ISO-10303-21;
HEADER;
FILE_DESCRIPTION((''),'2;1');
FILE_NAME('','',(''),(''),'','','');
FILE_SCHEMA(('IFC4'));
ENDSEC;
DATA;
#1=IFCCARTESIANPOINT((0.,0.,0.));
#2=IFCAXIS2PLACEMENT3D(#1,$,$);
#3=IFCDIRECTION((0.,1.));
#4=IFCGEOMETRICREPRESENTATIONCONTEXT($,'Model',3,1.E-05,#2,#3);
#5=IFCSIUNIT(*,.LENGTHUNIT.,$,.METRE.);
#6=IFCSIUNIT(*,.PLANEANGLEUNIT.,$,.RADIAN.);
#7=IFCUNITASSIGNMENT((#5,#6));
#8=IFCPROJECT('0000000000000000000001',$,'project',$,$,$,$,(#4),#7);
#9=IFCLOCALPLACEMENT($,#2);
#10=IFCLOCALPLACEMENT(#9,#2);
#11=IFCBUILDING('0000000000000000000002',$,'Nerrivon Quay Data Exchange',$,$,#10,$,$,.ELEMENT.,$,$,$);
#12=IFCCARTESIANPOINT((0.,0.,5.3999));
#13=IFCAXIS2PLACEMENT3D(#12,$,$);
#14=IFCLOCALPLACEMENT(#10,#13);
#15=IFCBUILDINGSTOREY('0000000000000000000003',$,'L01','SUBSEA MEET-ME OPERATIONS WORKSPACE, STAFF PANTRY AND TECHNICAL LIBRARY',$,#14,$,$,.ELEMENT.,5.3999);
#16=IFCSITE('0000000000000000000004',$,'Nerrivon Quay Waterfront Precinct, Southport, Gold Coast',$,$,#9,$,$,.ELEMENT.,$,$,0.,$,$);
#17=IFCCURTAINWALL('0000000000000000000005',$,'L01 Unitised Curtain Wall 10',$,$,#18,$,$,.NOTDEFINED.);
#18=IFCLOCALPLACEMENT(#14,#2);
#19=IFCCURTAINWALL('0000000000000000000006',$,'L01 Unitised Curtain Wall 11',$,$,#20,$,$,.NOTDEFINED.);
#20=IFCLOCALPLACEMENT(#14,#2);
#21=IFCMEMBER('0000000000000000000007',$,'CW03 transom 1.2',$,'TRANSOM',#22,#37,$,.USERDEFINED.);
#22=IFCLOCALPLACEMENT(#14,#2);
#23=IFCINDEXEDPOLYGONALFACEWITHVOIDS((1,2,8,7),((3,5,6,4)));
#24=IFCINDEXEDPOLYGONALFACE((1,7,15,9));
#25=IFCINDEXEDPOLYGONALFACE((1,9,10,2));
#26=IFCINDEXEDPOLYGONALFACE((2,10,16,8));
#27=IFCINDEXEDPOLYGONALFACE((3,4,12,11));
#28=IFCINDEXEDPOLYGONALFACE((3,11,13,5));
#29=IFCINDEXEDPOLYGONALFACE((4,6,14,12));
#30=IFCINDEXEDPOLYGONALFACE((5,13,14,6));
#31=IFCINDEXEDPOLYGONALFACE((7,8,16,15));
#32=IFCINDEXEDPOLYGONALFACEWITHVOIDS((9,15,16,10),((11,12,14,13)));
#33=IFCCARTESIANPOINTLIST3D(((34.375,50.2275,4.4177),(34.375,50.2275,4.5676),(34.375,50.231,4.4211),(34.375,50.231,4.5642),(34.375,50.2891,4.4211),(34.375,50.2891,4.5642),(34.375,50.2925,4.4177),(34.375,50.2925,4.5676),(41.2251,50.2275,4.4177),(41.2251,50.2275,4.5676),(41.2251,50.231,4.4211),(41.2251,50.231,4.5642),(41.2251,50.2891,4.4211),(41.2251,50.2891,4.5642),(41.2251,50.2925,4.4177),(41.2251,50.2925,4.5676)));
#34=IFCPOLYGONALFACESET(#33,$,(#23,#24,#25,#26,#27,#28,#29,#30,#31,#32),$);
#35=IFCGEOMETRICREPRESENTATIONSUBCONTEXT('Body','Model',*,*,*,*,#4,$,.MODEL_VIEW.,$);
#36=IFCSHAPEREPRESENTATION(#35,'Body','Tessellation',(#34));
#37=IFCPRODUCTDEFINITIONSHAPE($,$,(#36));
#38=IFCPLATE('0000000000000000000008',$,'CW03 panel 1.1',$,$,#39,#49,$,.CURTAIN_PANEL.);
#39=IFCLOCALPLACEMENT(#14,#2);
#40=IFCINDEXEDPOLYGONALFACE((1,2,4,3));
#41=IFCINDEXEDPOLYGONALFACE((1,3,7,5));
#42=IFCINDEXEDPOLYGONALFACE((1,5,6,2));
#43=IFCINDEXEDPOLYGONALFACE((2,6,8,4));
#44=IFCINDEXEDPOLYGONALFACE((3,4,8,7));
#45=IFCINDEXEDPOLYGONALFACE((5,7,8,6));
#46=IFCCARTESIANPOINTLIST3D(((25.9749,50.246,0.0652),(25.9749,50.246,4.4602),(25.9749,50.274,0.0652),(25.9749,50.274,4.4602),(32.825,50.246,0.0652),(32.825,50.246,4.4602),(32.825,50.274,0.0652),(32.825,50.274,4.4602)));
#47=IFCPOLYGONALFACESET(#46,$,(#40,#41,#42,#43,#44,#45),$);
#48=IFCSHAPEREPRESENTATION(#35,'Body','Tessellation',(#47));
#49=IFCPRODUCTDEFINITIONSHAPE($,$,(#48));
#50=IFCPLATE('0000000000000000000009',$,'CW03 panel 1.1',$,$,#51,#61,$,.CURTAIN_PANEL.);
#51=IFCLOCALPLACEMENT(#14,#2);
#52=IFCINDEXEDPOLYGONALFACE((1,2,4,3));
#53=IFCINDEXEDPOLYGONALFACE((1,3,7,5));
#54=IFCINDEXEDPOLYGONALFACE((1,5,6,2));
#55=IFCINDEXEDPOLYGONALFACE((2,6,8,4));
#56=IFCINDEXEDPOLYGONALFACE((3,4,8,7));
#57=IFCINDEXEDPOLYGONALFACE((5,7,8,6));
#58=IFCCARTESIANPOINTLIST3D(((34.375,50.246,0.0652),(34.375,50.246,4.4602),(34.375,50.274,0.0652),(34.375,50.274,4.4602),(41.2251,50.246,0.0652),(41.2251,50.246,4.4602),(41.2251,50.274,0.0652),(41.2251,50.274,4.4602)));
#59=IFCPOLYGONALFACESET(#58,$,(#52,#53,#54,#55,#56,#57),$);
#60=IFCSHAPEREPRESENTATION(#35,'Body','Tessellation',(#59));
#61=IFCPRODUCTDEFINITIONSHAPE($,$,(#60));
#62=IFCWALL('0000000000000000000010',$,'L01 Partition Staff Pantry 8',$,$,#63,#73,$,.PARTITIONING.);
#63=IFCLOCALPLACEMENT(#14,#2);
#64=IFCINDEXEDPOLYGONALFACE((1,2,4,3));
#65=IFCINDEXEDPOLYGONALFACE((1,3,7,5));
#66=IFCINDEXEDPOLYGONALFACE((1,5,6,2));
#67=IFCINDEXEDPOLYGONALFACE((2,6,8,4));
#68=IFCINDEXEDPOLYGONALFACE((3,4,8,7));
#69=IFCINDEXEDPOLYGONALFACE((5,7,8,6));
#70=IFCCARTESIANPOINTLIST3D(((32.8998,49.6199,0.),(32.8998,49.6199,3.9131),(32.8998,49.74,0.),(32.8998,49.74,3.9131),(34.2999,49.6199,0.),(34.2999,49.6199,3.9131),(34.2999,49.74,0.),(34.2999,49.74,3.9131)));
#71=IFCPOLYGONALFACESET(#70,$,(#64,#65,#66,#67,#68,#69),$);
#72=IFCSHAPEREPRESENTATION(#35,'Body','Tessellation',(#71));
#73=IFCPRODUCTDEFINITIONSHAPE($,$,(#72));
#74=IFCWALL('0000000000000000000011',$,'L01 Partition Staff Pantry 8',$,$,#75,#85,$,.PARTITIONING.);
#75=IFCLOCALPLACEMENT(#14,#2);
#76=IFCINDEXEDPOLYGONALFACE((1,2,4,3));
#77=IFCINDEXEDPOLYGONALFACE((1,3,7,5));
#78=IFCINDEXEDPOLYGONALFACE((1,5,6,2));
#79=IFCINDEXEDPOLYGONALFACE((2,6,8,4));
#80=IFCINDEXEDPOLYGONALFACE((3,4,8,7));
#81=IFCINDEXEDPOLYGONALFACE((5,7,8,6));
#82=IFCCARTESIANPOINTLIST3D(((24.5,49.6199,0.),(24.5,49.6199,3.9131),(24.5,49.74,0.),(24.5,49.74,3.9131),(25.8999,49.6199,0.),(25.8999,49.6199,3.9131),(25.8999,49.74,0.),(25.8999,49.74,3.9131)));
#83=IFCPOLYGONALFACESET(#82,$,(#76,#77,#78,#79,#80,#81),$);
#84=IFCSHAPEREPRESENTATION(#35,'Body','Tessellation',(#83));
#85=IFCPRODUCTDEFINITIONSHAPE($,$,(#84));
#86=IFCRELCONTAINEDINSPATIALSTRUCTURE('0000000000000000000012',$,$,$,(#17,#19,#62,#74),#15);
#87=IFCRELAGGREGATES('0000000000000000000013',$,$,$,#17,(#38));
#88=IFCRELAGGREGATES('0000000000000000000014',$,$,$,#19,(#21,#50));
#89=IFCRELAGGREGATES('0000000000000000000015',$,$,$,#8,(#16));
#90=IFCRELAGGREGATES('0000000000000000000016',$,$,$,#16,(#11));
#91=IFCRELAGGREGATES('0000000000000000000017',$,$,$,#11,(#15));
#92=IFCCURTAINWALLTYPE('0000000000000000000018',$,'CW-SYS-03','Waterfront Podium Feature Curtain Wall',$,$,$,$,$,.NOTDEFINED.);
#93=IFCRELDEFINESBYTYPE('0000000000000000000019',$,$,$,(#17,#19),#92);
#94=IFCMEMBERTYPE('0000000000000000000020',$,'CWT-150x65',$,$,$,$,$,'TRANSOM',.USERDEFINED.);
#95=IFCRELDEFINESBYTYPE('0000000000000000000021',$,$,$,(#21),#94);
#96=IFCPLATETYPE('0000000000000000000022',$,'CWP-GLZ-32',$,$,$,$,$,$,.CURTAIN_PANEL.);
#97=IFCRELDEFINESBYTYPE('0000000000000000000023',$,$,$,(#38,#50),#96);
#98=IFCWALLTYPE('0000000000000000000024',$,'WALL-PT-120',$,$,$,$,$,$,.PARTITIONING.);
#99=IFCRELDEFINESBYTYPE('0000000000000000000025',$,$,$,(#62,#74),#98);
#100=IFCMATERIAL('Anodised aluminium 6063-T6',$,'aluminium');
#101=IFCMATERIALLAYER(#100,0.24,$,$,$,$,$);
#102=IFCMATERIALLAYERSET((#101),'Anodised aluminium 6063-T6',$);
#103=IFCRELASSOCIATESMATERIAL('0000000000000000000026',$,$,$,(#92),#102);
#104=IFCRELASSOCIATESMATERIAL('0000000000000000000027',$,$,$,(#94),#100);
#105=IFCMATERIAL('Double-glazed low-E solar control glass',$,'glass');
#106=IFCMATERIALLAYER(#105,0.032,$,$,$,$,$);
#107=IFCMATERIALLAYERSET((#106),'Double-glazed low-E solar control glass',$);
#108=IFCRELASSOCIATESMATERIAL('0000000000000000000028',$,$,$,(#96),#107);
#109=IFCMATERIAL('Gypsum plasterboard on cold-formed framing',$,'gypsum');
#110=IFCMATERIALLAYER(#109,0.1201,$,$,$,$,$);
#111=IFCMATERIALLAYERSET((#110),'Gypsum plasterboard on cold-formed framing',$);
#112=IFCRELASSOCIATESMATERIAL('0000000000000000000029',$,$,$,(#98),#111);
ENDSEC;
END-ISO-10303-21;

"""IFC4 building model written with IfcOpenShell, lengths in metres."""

from ifc_helpers import new_model, si_unit, direction, frame, frame_2d, origin, origin_2d, place, context, subcontext, project, spatial, rectangle, hollow_rectangle, extrude, material, layer, layer_set, material_profile, profile_set, type_object, element, aggregate, save


model = new_model("IFC4")

# Units and contexts
model_context = context("Model", 3, precision=1e-05, world=origin(), true_north=direction((0.0, 1.0)))
body_context = subcontext(model_context, "Body", "Model", "MODEL_VIEW")
ifc_project = project(units=[si_unit("LENGTHUNIT", "METRE"), si_unit("PLANEANGLEUNIT", "RADIAN")], contexts=[model_context])

# Site, building, storey
site_placement = place(None, origin())
site = spatial("IfcSite", under=ifc_project, at=site_placement, Name="Nerrivon Quay Waterfront Precinct, Southport, Gold Coast", CompositionType="ELEMENT", RefElevation=0.0)
building_placement = place(site_placement, origin())
building = spatial("IfcBuilding", under=site, at=building_placement, Name="Nerrivon Quay Data Exchange", CompositionType="ELEMENT")
storey_placement = place(building_placement, frame((0.0, 0.0, 5.3999)))
storey = spatial("IfcBuildingStorey", under=building, at=storey_placement, Name="L01", Description="SUBSEA MEET-ME OPERATIONS WORKSPACE, STAFF PANTRY AND TECHNICAL LIBRARY", CompositionType="ELEMENT", Elevation=5.3999)

# Shared definitions
ifc_material_1 = material(Name="Anodised aluminium 6063-T6", Category="aluminium")
ifc_layer_1 = layer(ifc_material_1, 0.24)
ifc_layer_set_1 = layer_set([ifc_layer_1], Name="Anodised aluminium 6063-T6")
curtain_wall_type = type_object("IfcCurtainWallType", Name="CW-SYS-03", Description="Waterfront Podium Feature Curtain Wall", PredefinedType="NOTDEFINED", material=ifc_layer_set_1)

# Curtain walls
curtain_wall_1_placement = place(storey_placement, origin())
curtain_wall_1 = element("IfcCurtainWall", 1, at=curtain_wall_1_placement, inside=storey, type_object=curtain_wall_type, Name="L01 Unitised Curtain Wall 10", PredefinedType="NOTDEFINED")
curtain_wall_2_placement = place(storey_placement, origin())
curtain_wall_2 = element("IfcCurtainWall", 2, at=curtain_wall_2_placement, inside=storey, type_object=curtain_wall_type, Name="L01 Unitised Curtain Wall 11", PredefinedType="NOTDEFINED")

# Member
ifc_material_profile_1 = material_profile(ifc_material_1, hollow_rectangle(XDim=0.0649, YDim=0.1499, WallThickness=0.0034, at=origin_2d()), Name="ALU-TRAN-150x65")
ifc_profile_set_1 = profile_set([ifc_material_profile_1], Name="Anodised aluminium 6063-T6")
member_type_1 = type_object("IfcMemberType", Name="CWT-150x65", ElementType="TRANSOM", PredefinedType="USERDEFINED", material=ifc_profile_set_1)
member_1_placement = place(storey_placement, frame((34.375, 50.26, 4.4927), z_axis=(1.0, 0.0, 0.0), x_axis=(0.0, 1.0, 0.0)))
member_1 = element("IfcMember", 3, at=member_1_placement, type_object=member_type_1, Name="CW03 transom 1.2", ObjectType="TRANSOM", PredefinedType="USERDEFINED", context=body_context, shape_type="SweptSolid", body=[
    extrude(hollow_rectangle(XDim=0.0649, YDim=0.1499, WallThickness=0.0034, at=origin_2d()), origin(), (0.0, 0.0, 1.0), 6.8501),
])

# Plates
ifc_material_2 = material(Name="Double-glazed low-E solar control glass", Category="glass")
ifc_layer_2 = layer(ifc_material_2, 0.032)
ifc_layer_set_2 = layer_set([ifc_layer_2], Name="Double-glazed low-E solar control glass")
plate_type = type_object("IfcPlateType", Name="CWP-GLZ-32", PredefinedType="CURTAIN_PANEL", material=ifc_layer_set_2)
plate_1_placement = place(storey_placement, frame((29.3999, 50.26, 0.0652), z_axis=(0.0, 0.0, 1.0), x_axis=(1.0, 0.0, 0.0)))
plate_1 = element("IfcPlate", 4, at=plate_1_placement, type_object=plate_type, Name="CW03 panel 1.1", PredefinedType="CURTAIN_PANEL", context=body_context, shape_type="SweptSolid", body=[
    extrude(rectangle(XDim=6.8501, YDim=0.0281, at=origin_2d()), origin(), (0.0, 0.0, 1.0), 4.395),
])
aggregate(curtain_wall_1, [plate_1])
plate_2_placement = place(storey_placement, frame((37.8, 50.26, 0.0652), z_axis=(0.0, 0.0, 1.0), x_axis=(1.0, 0.0, 0.0)))
plate_2 = element("IfcPlate", 5, at=plate_2_placement, type_object=plate_type, Name="CW03 panel 1.1", PredefinedType="CURTAIN_PANEL", context=body_context, shape_type="SweptSolid", body=[
    extrude(rectangle(XDim=6.8501, YDim=0.0281, at=origin_2d()), origin(), (0.0, 0.0, 1.0), 4.395),
])
aggregate(curtain_wall_2, [member_1, plate_2])

# Walls
ifc_material_3 = material(Name="Gypsum plasterboard on cold-formed framing", Category="gypsum")
ifc_layer_3 = layer(ifc_material_3, 0.1201)
ifc_layer_set_3 = layer_set([ifc_layer_3], Name="Gypsum plasterboard on cold-formed framing")
wall_type = type_object("IfcWallType", Name="WALL-PT-120", PredefinedType="PARTITIONING", material=ifc_layer_set_3)
wall_1_placement = place(storey_placement, frame((34.3, 49.6799, 0.0), z_axis=(0.0, 0.0, 1.0), x_axis=(-1.0, 0.0, 0.0)))
element("IfcWall", 6, at=wall_1_placement, inside=storey, type_object=wall_type, Name="L01 Partition Staff Pantry 8", PredefinedType="PARTITIONING", context=body_context, shape_type="SweptSolid", body=[
    extrude(rectangle(XDim=1.4001, YDim=0.1201, at=frame_2d((0.7002, 0.0))), origin(), (0.0, 0.0, 1.0), 3.9131),
])
wall_2_placement = place(storey_placement, frame((25.8999, 49.6799, 0.0), z_axis=(0.0, 0.0, 1.0), x_axis=(-1.0, 0.0, 0.0)))
element("IfcWall", 7, at=wall_2_placement, inside=storey, type_object=wall_type, Name="L01 Partition Staff Pantry 8", PredefinedType="PARTITIONING", context=body_context, shape_type="SweptSolid", body=[
    extrude(rectangle(XDim=1.3999, YDim=0.1201, at=frame_2d((0.7, 0.0))), origin(), (0.0, 0.0, 1.0), 3.9131),
])

save(model, "model.ifc")
